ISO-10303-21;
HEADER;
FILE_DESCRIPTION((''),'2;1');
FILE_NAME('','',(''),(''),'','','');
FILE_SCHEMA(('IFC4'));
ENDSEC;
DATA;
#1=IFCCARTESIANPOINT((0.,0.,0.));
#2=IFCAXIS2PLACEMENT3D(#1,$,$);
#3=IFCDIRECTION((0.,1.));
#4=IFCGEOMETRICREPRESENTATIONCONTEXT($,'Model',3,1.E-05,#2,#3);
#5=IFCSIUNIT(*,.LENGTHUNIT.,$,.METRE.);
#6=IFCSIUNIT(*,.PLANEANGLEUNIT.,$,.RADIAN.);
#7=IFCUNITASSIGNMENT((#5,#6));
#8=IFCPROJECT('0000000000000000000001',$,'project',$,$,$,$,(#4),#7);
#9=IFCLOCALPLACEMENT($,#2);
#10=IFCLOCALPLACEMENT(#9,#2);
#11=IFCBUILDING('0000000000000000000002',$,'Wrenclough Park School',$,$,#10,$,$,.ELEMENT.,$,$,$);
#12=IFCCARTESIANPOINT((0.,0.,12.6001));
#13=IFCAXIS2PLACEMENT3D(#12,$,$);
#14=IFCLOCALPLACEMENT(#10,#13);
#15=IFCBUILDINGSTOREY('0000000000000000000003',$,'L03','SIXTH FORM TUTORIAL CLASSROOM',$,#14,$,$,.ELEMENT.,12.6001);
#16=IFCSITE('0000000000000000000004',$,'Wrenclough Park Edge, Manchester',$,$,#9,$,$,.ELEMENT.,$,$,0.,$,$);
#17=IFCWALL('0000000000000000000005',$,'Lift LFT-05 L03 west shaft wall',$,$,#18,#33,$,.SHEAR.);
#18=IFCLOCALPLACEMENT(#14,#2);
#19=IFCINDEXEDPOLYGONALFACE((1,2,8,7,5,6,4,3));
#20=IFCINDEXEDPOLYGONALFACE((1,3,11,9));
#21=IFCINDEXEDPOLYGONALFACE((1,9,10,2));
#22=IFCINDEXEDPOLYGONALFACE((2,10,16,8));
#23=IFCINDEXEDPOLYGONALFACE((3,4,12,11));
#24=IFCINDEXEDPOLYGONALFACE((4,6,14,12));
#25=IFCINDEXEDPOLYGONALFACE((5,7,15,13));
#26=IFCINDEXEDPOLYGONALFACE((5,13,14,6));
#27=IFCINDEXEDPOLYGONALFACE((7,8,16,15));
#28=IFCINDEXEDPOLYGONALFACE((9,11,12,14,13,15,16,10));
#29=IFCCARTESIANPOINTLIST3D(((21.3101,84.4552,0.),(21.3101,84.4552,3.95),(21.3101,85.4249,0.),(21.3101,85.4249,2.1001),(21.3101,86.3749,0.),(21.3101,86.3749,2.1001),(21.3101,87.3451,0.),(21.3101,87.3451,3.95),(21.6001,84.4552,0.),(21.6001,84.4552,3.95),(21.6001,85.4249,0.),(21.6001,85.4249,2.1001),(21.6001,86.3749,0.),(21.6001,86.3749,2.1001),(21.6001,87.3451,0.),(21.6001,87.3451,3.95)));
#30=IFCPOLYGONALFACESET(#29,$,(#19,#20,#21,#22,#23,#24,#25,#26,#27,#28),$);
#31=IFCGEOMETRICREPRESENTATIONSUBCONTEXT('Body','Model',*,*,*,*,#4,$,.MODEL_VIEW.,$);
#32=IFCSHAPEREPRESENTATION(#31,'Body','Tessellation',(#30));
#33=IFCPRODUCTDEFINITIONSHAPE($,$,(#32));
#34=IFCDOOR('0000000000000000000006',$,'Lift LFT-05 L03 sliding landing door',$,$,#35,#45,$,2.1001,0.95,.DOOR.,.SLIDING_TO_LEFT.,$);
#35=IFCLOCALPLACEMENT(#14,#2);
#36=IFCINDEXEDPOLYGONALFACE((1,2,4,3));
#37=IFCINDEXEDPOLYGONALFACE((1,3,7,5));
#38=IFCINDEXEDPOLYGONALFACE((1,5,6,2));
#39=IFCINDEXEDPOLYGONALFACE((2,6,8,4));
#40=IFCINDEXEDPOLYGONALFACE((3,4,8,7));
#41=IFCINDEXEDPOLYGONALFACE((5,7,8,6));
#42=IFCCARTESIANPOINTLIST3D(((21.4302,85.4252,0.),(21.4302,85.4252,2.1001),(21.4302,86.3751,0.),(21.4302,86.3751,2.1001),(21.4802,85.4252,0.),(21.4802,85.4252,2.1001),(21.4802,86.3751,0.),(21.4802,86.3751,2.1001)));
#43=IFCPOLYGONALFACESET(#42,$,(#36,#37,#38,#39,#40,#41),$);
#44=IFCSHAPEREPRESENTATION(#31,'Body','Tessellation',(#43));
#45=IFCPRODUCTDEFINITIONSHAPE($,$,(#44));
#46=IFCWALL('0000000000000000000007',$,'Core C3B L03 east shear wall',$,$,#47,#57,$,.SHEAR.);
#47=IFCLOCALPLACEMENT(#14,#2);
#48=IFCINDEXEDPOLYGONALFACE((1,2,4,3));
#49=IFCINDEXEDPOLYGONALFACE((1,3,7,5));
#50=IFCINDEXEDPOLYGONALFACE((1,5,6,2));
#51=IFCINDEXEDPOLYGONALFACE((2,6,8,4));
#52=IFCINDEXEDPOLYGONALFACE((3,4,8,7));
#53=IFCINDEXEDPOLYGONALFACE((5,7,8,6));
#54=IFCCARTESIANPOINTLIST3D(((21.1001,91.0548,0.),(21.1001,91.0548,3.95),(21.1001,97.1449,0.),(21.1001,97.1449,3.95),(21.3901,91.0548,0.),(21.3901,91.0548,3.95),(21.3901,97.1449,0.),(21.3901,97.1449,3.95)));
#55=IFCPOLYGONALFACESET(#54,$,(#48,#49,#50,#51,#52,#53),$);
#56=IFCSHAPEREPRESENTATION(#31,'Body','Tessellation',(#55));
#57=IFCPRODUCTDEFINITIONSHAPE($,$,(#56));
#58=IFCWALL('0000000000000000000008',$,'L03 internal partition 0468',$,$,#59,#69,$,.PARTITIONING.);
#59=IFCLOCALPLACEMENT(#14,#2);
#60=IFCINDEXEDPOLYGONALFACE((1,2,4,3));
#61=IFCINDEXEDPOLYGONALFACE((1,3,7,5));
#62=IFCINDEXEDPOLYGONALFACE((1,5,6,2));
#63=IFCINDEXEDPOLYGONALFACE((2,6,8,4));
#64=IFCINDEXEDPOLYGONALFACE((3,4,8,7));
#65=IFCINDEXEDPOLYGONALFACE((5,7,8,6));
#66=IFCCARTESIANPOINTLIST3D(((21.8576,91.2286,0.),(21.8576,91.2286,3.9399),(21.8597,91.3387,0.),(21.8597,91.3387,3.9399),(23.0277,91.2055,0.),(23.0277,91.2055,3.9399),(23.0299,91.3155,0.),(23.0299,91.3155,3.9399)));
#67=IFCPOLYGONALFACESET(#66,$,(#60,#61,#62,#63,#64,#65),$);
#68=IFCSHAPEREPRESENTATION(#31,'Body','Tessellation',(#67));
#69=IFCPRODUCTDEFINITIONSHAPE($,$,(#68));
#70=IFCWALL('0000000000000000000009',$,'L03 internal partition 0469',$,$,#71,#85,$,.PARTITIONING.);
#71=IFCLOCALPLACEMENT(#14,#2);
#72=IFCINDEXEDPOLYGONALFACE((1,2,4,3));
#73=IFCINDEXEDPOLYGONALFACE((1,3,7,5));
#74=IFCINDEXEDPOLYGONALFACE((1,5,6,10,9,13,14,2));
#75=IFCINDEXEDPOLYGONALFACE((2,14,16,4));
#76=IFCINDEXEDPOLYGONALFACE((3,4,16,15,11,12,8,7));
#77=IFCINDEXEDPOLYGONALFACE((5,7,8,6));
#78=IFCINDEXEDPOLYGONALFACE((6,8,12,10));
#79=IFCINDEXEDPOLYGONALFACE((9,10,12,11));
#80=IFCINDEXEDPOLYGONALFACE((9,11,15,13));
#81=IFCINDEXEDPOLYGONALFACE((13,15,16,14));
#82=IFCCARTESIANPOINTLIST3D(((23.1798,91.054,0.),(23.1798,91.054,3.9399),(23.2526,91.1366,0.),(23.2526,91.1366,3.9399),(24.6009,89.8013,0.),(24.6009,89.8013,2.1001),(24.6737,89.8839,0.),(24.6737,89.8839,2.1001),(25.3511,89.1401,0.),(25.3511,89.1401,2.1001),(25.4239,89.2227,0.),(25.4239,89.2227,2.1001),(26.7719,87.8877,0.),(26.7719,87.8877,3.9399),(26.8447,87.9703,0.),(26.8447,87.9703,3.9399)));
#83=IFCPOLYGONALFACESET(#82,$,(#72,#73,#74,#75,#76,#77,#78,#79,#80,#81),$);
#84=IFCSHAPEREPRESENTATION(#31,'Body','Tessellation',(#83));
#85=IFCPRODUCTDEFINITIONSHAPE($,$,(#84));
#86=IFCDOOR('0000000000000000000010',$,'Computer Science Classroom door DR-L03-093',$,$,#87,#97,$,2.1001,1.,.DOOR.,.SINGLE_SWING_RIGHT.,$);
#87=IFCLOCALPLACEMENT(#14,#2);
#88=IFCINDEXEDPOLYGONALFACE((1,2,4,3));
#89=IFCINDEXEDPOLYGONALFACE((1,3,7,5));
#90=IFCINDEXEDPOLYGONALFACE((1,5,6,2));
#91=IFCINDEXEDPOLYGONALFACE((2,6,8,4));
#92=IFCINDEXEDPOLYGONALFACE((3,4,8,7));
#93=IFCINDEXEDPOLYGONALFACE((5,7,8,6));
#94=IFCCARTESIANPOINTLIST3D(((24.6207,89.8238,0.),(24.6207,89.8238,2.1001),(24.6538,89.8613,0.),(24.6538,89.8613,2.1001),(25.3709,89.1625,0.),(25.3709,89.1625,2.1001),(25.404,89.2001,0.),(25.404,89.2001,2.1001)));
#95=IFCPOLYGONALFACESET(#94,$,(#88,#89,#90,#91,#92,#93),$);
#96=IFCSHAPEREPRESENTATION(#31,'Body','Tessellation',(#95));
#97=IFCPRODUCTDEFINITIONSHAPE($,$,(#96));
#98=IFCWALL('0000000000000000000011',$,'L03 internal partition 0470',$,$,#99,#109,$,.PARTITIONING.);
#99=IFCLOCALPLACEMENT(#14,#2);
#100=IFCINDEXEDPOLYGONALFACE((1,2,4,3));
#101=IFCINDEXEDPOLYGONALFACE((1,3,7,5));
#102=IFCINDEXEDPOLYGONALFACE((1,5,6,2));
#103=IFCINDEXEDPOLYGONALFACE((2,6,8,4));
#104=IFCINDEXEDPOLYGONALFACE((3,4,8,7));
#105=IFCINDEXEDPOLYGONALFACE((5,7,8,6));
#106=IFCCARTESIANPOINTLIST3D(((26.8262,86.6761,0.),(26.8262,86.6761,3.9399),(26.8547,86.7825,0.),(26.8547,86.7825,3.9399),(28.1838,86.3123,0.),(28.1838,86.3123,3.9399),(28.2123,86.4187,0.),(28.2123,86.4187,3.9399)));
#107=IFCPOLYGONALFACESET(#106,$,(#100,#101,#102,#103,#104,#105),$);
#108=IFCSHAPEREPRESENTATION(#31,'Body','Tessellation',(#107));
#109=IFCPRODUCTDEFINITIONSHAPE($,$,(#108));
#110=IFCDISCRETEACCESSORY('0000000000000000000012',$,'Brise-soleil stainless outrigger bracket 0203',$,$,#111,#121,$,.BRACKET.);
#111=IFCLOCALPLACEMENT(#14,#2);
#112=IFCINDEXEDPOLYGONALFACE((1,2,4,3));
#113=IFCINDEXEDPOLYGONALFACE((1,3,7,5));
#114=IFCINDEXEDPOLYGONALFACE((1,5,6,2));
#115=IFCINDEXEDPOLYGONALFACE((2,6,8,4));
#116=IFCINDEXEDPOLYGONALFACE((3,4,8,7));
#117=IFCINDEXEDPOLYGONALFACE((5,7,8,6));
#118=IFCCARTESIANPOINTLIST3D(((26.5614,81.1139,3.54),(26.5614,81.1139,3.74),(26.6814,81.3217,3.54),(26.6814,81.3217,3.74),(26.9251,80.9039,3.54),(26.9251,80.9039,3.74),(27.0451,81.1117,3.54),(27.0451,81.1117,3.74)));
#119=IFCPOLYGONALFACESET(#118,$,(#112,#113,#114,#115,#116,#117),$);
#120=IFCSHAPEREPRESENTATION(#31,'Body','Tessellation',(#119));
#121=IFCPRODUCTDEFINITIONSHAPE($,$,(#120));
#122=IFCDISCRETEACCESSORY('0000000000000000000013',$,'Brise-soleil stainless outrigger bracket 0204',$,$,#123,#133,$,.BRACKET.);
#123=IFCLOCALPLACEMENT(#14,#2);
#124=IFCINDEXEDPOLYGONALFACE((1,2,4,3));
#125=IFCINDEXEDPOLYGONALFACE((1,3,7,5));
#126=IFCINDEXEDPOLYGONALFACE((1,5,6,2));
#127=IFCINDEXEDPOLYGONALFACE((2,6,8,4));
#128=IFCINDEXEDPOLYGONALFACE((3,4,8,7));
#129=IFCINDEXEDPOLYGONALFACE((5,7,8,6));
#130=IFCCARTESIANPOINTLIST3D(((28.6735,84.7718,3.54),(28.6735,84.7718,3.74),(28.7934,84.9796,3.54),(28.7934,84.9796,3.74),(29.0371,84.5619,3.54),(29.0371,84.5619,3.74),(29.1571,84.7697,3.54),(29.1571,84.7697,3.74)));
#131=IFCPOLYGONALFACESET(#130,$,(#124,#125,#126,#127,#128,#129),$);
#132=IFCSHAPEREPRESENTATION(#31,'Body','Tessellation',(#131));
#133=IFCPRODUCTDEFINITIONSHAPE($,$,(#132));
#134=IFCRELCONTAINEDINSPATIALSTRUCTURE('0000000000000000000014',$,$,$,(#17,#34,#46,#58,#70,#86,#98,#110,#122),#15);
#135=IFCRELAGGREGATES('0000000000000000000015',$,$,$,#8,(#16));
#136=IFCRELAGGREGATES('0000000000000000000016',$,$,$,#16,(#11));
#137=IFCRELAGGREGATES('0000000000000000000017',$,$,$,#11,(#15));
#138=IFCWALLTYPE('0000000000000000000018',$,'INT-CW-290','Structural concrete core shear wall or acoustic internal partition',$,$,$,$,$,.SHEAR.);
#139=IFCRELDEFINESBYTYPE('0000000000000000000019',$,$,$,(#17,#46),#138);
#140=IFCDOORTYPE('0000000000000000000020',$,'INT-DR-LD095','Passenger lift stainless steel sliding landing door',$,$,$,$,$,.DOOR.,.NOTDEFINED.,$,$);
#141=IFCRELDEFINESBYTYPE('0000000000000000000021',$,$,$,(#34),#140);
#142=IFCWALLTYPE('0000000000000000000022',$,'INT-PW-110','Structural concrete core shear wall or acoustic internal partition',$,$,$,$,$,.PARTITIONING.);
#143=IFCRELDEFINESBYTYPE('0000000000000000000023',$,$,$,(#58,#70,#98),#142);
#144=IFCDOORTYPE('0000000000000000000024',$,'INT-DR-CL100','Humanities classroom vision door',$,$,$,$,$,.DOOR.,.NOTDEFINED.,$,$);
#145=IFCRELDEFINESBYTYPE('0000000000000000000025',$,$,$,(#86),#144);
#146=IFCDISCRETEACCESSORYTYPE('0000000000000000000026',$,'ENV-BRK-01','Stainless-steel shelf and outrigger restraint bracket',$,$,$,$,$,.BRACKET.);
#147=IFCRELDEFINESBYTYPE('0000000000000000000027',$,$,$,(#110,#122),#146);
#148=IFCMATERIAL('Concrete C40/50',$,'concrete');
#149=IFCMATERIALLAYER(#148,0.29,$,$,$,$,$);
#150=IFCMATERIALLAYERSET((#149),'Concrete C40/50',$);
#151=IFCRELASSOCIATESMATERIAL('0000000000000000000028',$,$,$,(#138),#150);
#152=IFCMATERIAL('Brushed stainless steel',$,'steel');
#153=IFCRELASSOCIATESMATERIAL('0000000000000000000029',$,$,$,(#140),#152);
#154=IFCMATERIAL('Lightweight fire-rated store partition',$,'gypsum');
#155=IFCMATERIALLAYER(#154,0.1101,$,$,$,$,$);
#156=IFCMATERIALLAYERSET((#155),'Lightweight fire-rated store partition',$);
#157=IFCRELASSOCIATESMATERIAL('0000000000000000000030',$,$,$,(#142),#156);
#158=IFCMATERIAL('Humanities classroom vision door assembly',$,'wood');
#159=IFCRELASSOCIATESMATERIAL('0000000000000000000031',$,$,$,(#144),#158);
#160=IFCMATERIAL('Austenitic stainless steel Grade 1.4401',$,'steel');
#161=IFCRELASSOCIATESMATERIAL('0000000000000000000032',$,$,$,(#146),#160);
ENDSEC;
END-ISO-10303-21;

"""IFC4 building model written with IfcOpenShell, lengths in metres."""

from ifc_helpers import new_model, si_unit, direction, frame, frame_2d, origin, origin_2d, place, context, subcontext, project, spatial, rectangle, extrude, material, layer, layer_set, type_object, element, fill, save


model = new_model("IFC4")

# Units and contexts
model_context = context("Model", 3, precision=1e-05, world=origin(), true_north=direction((0.0, 1.0)))
body_context = subcontext(model_context, "Body", "Model", "MODEL_VIEW")
ifc_project = project(units=[si_unit("LENGTHUNIT", "METRE"), si_unit("PLANEANGLEUNIT", "RADIAN")], contexts=[model_context])

# Site, building, storey
site_placement = place(None, origin())
site = spatial("IfcSite", under=ifc_project, at=site_placement, Name="Wrenclough Park Edge, Manchester", CompositionType="ELEMENT", RefElevation=0.0)
building_placement = place(site_placement, origin())
building = spatial("IfcBuilding", under=site, at=building_placement, Name="Wrenclough Park School", CompositionType="ELEMENT")
storey_placement = place(building_placement, frame((0.0, 0.0, 12.6001)))
storey = spatial("IfcBuildingStorey", under=building, at=storey_placement, Name="L03", Description="SIXTH FORM TUTORIAL CLASSROOM", CompositionType="ELEMENT", Elevation=12.6001)

# Shared definitions
ifc_material_1 = material(Name="Concrete C40/50", Category="concrete")
ifc_layer_1 = layer(ifc_material_1, 0.29)
ifc_layer_set_1 = layer_set([ifc_layer_1], Name="Concrete C40/50")
wall_type_1 = type_object("IfcWallType", Name="INT-CW-290", Description="Structural concrete core shear wall or acoustic internal partition", PredefinedType="SHEAR", material=ifc_layer_set_1)

# Wall, opening, door
wall_1_placement = place(storey_placement, frame((21.4551, 87.345, 0.0), z_axis=(0.0, 0.0, 1.0), x_axis=(0.0, -1.0, 0.0)))
wall_1 = element("IfcWall", 1, at=wall_1_placement, inside=storey, type_object=wall_type_1, Name="Lift LFT-05 L03 west shaft wall", PredefinedType="SHEAR", context=body_context, shape_type="SweptSolid", body=[
    extrude(rectangle(XDim=2.8899, YDim=0.29, at=frame_2d((1.4448, 0.0))), origin(), (0.0, 0.0, 1.0), 3.95),
])
opening_1_placement = place(wall_1_placement, frame((0.97, 0.0, 0.0)))
opening_1 = element("IfcOpeningElement", 2, at=opening_1_placement, cuts=wall_1, PredefinedType="OPENING", context=body_context, shape_type="SweptSolid", body=[
    extrude(rectangle(XDim=0.95, YDim=2.1001, at=frame_2d((0.4751, 1.05))), frame((0.0, 0.155, 0.0), z_axis=(0.0, -1.0, 0.0), x_axis=(1.0, 0.0, 0.0)), (0.0, 0.0, 1.0), 0.3101),
])
ifc_material_2 = material(Name="Brushed stainless steel", Category="steel")
door_type_1 = type_object("IfcDoorType", Name="INT-DR-LD095", Description="Passenger lift stainless steel sliding landing door", OperationType="NOTDEFINED", PredefinedType="DOOR", material=ifc_material_2)
door_1_placement = place(opening_1_placement, frame((0.95, 0.0, 0.0), z_axis=(0.0, 0.0, 1.0), x_axis=(-1.0, 0.0, 0.0)))
door_1 = element("IfcDoor", 3, at=door_1_placement, inside=storey, type_object=door_type_1, Name="Lift LFT-05 L03 sliding landing door", OperationType="SLIDING_TO_LEFT", OverallHeight=2.1001, OverallWidth=0.95, PredefinedType="DOOR", context=body_context, shape_type="SweptSolid", body=[
    extrude(rectangle(XDim=0.95, YDim=2.1001, at=frame_2d((0.4751, 1.05))), frame((0.0, 0.0249, 0.0), z_axis=(0.0, -1.0, 0.0), x_axis=(1.0, 0.0, 0.0)), (0.0, 0.0, 1.0), 0.05),
])
fill(opening_1, door_1)

# Walls
wall_2_placement = place(storey_placement, frame((21.2451, 91.0549, 0.0), z_axis=(0.0, 0.0, 1.0), x_axis=(0.0, 1.0, 0.0)))
element("IfcWall", 4, at=wall_2_placement, inside=storey, type_object=wall_type_1, Name="Core C3B L03 east shear wall", PredefinedType="SHEAR", context=body_context, shape_type="SweptSolid", body=[
    extrude(rectangle(XDim=6.0901, YDim=0.29, at=frame_2d((3.0449, 0.0))), origin(), (0.0, 0.0, 1.0), 3.95),
])
ifc_material_3 = material(Name="Lightweight fire-rated store partition", Category="gypsum")
ifc_layer_2 = layer(ifc_material_3, 0.1101)
ifc_layer_set_2 = layer_set([ifc_layer_2], Name="Lightweight fire-rated store partition")
wall_type_2 = type_object("IfcWallType", Name="INT-PW-110", Description="Structural concrete core shear wall or acoustic internal partition", PredefinedType="PARTITIONING", material=ifc_layer_set_2)
wall_3_placement = place(storey_placement, frame((21.8586, 91.2837, 0.0), z_axis=(0.0, 0.0, 1.0), x_axis=(0.999804, -0.019817, 0.0)))
element("IfcWall", 5, at=wall_3_placement, inside=storey, type_object=wall_type_2, Name="L03 internal partition 0468", PredefinedType="PARTITIONING", context=body_context, shape_type="SweptSolid", body=[
    extrude(rectangle(XDim=1.1704, YDim=0.1101, at=frame_2d((0.5852, 0.0))), origin(), (0.0, 0.0, 1.0), 3.9399),
])

# Wall, opening, door
wall_4_placement = place(storey_placement, frame((23.2163, 91.0952, 0.0), z_axis=(0.0, 0.0, 1.0), x_axis=(0.750168, -0.661247, 0.0)))
wall_4 = element("IfcWall", 6, at=wall_4_placement, inside=storey, type_object=wall_type_2, Name="L03 internal partition 0469", PredefinedType="PARTITIONING", context=body_context, shape_type="SweptSolid", body=[
    extrude(rectangle(XDim=4.7883, YDim=0.1101, at=frame_2d((2.394, 0.0))), origin(), (0.0, 0.0, 1.0), 3.9399),
])
opening_2_placement = place(wall_4_placement, frame((1.8943, 0.0, 0.0)))
opening_2 = element("IfcOpeningElement", 7, at=opening_2_placement, cuts=wall_4, PredefinedType="OPENING", context=body_context, shape_type="SweptSolid", body=[
    extrude(rectangle(XDim=1.0, YDim=2.1001, at=frame_2d((0.5, 1.05))), frame((0.0, 0.0649, 0.0), z_axis=(0.0, -1.0, 0.0), x_axis=(1.0, 0.0, 0.0)), (0.0, 0.0, 1.0), 0.1301),
])
ifc_material_4 = material(Name="Humanities classroom vision door assembly", Category="wood")
door_type_2 = type_object("IfcDoorType", Name="INT-DR-CL100", Description="Humanities classroom vision door", OperationType="NOTDEFINED", PredefinedType="DOOR", material=ifc_material_4)
door_2_placement = place(opening_2_placement, origin())
door_2 = element("IfcDoor", 8, at=door_2_placement, inside=storey, type_object=door_type_2, Name="Computer Science Classroom door DR-L03-093", OperationType="SINGLE_SWING_RIGHT", OverallHeight=2.1001, OverallWidth=1.0, PredefinedType="DOOR", context=body_context, shape_type="SweptSolid", body=[
    extrude(rectangle(XDim=1.0, YDim=2.1001, at=frame_2d((0.5, 1.05))), frame((0.0, 0.0249, 0.0), z_axis=(0.0, -1.0, 0.0), x_axis=(1.0, 0.0, 0.0)), (0.0, 0.0, 1.0), 0.05),
])
fill(opening_2, door_2)

# Wall
wall_5_placement = place(storey_placement, frame((26.8406, 86.7292, 0.0), z_axis=(0.0, 0.0, 1.0), x_axis=(0.965929, -0.258808, 0.0)))
element("IfcWall", 9, at=wall_5_placement, inside=storey, type_object=wall_type_2, Name="L03 internal partition 0470", PredefinedType="PARTITIONING", context=body_context, shape_type="SweptSolid", body=[
    extrude(rectangle(XDim=1.4055, YDim=0.1101, at=frame_2d((0.7026, 0.0))), origin(), (0.0, 0.0, 1.0), 3.9399),
])

# Discrete accessories
ifc_material_5 = material(Name="Austenitic stainless steel Grade 1.4401", Category="steel")
discrete_accessory_type = type_object("IfcDiscreteAccessoryType", Name="ENV-BRK-01", Description="Stainless-steel shelf and outrigger restraint bracket", PredefinedType="BRACKET", material=ifc_material_5)
for number, where, z_axis, x_axis, name in (
    (10, (26.8032, 81.1128, 3.54), (0.0, 0.0, 1.0), (0.499991, 0.866031, 0.0), "Brise-soleil stainless outrigger bracket 0203"),
    (11, (28.9153, 84.7708, 3.54), (0.0, 0.0, 1.0), (0.499991, 0.866031, 0.0), "Brise-soleil stainless outrigger bracket 0204"),
):
    element("IfcDiscreteAccessory", number, at=place(storey_placement, frame(where, z_axis=z_axis, x_axis=x_axis)), inside=storey, type_object=discrete_accessory_type, Name=name, PredefinedType="BRACKET", context=body_context, shape_type="SweptSolid", body=[
        extrude(rectangle(XDim=0.24, YDim=0.4199, at=origin_2d()), origin(), (0.0, 0.0, 1.0), 0.2),
    ])

save(model, "model.ifc")
